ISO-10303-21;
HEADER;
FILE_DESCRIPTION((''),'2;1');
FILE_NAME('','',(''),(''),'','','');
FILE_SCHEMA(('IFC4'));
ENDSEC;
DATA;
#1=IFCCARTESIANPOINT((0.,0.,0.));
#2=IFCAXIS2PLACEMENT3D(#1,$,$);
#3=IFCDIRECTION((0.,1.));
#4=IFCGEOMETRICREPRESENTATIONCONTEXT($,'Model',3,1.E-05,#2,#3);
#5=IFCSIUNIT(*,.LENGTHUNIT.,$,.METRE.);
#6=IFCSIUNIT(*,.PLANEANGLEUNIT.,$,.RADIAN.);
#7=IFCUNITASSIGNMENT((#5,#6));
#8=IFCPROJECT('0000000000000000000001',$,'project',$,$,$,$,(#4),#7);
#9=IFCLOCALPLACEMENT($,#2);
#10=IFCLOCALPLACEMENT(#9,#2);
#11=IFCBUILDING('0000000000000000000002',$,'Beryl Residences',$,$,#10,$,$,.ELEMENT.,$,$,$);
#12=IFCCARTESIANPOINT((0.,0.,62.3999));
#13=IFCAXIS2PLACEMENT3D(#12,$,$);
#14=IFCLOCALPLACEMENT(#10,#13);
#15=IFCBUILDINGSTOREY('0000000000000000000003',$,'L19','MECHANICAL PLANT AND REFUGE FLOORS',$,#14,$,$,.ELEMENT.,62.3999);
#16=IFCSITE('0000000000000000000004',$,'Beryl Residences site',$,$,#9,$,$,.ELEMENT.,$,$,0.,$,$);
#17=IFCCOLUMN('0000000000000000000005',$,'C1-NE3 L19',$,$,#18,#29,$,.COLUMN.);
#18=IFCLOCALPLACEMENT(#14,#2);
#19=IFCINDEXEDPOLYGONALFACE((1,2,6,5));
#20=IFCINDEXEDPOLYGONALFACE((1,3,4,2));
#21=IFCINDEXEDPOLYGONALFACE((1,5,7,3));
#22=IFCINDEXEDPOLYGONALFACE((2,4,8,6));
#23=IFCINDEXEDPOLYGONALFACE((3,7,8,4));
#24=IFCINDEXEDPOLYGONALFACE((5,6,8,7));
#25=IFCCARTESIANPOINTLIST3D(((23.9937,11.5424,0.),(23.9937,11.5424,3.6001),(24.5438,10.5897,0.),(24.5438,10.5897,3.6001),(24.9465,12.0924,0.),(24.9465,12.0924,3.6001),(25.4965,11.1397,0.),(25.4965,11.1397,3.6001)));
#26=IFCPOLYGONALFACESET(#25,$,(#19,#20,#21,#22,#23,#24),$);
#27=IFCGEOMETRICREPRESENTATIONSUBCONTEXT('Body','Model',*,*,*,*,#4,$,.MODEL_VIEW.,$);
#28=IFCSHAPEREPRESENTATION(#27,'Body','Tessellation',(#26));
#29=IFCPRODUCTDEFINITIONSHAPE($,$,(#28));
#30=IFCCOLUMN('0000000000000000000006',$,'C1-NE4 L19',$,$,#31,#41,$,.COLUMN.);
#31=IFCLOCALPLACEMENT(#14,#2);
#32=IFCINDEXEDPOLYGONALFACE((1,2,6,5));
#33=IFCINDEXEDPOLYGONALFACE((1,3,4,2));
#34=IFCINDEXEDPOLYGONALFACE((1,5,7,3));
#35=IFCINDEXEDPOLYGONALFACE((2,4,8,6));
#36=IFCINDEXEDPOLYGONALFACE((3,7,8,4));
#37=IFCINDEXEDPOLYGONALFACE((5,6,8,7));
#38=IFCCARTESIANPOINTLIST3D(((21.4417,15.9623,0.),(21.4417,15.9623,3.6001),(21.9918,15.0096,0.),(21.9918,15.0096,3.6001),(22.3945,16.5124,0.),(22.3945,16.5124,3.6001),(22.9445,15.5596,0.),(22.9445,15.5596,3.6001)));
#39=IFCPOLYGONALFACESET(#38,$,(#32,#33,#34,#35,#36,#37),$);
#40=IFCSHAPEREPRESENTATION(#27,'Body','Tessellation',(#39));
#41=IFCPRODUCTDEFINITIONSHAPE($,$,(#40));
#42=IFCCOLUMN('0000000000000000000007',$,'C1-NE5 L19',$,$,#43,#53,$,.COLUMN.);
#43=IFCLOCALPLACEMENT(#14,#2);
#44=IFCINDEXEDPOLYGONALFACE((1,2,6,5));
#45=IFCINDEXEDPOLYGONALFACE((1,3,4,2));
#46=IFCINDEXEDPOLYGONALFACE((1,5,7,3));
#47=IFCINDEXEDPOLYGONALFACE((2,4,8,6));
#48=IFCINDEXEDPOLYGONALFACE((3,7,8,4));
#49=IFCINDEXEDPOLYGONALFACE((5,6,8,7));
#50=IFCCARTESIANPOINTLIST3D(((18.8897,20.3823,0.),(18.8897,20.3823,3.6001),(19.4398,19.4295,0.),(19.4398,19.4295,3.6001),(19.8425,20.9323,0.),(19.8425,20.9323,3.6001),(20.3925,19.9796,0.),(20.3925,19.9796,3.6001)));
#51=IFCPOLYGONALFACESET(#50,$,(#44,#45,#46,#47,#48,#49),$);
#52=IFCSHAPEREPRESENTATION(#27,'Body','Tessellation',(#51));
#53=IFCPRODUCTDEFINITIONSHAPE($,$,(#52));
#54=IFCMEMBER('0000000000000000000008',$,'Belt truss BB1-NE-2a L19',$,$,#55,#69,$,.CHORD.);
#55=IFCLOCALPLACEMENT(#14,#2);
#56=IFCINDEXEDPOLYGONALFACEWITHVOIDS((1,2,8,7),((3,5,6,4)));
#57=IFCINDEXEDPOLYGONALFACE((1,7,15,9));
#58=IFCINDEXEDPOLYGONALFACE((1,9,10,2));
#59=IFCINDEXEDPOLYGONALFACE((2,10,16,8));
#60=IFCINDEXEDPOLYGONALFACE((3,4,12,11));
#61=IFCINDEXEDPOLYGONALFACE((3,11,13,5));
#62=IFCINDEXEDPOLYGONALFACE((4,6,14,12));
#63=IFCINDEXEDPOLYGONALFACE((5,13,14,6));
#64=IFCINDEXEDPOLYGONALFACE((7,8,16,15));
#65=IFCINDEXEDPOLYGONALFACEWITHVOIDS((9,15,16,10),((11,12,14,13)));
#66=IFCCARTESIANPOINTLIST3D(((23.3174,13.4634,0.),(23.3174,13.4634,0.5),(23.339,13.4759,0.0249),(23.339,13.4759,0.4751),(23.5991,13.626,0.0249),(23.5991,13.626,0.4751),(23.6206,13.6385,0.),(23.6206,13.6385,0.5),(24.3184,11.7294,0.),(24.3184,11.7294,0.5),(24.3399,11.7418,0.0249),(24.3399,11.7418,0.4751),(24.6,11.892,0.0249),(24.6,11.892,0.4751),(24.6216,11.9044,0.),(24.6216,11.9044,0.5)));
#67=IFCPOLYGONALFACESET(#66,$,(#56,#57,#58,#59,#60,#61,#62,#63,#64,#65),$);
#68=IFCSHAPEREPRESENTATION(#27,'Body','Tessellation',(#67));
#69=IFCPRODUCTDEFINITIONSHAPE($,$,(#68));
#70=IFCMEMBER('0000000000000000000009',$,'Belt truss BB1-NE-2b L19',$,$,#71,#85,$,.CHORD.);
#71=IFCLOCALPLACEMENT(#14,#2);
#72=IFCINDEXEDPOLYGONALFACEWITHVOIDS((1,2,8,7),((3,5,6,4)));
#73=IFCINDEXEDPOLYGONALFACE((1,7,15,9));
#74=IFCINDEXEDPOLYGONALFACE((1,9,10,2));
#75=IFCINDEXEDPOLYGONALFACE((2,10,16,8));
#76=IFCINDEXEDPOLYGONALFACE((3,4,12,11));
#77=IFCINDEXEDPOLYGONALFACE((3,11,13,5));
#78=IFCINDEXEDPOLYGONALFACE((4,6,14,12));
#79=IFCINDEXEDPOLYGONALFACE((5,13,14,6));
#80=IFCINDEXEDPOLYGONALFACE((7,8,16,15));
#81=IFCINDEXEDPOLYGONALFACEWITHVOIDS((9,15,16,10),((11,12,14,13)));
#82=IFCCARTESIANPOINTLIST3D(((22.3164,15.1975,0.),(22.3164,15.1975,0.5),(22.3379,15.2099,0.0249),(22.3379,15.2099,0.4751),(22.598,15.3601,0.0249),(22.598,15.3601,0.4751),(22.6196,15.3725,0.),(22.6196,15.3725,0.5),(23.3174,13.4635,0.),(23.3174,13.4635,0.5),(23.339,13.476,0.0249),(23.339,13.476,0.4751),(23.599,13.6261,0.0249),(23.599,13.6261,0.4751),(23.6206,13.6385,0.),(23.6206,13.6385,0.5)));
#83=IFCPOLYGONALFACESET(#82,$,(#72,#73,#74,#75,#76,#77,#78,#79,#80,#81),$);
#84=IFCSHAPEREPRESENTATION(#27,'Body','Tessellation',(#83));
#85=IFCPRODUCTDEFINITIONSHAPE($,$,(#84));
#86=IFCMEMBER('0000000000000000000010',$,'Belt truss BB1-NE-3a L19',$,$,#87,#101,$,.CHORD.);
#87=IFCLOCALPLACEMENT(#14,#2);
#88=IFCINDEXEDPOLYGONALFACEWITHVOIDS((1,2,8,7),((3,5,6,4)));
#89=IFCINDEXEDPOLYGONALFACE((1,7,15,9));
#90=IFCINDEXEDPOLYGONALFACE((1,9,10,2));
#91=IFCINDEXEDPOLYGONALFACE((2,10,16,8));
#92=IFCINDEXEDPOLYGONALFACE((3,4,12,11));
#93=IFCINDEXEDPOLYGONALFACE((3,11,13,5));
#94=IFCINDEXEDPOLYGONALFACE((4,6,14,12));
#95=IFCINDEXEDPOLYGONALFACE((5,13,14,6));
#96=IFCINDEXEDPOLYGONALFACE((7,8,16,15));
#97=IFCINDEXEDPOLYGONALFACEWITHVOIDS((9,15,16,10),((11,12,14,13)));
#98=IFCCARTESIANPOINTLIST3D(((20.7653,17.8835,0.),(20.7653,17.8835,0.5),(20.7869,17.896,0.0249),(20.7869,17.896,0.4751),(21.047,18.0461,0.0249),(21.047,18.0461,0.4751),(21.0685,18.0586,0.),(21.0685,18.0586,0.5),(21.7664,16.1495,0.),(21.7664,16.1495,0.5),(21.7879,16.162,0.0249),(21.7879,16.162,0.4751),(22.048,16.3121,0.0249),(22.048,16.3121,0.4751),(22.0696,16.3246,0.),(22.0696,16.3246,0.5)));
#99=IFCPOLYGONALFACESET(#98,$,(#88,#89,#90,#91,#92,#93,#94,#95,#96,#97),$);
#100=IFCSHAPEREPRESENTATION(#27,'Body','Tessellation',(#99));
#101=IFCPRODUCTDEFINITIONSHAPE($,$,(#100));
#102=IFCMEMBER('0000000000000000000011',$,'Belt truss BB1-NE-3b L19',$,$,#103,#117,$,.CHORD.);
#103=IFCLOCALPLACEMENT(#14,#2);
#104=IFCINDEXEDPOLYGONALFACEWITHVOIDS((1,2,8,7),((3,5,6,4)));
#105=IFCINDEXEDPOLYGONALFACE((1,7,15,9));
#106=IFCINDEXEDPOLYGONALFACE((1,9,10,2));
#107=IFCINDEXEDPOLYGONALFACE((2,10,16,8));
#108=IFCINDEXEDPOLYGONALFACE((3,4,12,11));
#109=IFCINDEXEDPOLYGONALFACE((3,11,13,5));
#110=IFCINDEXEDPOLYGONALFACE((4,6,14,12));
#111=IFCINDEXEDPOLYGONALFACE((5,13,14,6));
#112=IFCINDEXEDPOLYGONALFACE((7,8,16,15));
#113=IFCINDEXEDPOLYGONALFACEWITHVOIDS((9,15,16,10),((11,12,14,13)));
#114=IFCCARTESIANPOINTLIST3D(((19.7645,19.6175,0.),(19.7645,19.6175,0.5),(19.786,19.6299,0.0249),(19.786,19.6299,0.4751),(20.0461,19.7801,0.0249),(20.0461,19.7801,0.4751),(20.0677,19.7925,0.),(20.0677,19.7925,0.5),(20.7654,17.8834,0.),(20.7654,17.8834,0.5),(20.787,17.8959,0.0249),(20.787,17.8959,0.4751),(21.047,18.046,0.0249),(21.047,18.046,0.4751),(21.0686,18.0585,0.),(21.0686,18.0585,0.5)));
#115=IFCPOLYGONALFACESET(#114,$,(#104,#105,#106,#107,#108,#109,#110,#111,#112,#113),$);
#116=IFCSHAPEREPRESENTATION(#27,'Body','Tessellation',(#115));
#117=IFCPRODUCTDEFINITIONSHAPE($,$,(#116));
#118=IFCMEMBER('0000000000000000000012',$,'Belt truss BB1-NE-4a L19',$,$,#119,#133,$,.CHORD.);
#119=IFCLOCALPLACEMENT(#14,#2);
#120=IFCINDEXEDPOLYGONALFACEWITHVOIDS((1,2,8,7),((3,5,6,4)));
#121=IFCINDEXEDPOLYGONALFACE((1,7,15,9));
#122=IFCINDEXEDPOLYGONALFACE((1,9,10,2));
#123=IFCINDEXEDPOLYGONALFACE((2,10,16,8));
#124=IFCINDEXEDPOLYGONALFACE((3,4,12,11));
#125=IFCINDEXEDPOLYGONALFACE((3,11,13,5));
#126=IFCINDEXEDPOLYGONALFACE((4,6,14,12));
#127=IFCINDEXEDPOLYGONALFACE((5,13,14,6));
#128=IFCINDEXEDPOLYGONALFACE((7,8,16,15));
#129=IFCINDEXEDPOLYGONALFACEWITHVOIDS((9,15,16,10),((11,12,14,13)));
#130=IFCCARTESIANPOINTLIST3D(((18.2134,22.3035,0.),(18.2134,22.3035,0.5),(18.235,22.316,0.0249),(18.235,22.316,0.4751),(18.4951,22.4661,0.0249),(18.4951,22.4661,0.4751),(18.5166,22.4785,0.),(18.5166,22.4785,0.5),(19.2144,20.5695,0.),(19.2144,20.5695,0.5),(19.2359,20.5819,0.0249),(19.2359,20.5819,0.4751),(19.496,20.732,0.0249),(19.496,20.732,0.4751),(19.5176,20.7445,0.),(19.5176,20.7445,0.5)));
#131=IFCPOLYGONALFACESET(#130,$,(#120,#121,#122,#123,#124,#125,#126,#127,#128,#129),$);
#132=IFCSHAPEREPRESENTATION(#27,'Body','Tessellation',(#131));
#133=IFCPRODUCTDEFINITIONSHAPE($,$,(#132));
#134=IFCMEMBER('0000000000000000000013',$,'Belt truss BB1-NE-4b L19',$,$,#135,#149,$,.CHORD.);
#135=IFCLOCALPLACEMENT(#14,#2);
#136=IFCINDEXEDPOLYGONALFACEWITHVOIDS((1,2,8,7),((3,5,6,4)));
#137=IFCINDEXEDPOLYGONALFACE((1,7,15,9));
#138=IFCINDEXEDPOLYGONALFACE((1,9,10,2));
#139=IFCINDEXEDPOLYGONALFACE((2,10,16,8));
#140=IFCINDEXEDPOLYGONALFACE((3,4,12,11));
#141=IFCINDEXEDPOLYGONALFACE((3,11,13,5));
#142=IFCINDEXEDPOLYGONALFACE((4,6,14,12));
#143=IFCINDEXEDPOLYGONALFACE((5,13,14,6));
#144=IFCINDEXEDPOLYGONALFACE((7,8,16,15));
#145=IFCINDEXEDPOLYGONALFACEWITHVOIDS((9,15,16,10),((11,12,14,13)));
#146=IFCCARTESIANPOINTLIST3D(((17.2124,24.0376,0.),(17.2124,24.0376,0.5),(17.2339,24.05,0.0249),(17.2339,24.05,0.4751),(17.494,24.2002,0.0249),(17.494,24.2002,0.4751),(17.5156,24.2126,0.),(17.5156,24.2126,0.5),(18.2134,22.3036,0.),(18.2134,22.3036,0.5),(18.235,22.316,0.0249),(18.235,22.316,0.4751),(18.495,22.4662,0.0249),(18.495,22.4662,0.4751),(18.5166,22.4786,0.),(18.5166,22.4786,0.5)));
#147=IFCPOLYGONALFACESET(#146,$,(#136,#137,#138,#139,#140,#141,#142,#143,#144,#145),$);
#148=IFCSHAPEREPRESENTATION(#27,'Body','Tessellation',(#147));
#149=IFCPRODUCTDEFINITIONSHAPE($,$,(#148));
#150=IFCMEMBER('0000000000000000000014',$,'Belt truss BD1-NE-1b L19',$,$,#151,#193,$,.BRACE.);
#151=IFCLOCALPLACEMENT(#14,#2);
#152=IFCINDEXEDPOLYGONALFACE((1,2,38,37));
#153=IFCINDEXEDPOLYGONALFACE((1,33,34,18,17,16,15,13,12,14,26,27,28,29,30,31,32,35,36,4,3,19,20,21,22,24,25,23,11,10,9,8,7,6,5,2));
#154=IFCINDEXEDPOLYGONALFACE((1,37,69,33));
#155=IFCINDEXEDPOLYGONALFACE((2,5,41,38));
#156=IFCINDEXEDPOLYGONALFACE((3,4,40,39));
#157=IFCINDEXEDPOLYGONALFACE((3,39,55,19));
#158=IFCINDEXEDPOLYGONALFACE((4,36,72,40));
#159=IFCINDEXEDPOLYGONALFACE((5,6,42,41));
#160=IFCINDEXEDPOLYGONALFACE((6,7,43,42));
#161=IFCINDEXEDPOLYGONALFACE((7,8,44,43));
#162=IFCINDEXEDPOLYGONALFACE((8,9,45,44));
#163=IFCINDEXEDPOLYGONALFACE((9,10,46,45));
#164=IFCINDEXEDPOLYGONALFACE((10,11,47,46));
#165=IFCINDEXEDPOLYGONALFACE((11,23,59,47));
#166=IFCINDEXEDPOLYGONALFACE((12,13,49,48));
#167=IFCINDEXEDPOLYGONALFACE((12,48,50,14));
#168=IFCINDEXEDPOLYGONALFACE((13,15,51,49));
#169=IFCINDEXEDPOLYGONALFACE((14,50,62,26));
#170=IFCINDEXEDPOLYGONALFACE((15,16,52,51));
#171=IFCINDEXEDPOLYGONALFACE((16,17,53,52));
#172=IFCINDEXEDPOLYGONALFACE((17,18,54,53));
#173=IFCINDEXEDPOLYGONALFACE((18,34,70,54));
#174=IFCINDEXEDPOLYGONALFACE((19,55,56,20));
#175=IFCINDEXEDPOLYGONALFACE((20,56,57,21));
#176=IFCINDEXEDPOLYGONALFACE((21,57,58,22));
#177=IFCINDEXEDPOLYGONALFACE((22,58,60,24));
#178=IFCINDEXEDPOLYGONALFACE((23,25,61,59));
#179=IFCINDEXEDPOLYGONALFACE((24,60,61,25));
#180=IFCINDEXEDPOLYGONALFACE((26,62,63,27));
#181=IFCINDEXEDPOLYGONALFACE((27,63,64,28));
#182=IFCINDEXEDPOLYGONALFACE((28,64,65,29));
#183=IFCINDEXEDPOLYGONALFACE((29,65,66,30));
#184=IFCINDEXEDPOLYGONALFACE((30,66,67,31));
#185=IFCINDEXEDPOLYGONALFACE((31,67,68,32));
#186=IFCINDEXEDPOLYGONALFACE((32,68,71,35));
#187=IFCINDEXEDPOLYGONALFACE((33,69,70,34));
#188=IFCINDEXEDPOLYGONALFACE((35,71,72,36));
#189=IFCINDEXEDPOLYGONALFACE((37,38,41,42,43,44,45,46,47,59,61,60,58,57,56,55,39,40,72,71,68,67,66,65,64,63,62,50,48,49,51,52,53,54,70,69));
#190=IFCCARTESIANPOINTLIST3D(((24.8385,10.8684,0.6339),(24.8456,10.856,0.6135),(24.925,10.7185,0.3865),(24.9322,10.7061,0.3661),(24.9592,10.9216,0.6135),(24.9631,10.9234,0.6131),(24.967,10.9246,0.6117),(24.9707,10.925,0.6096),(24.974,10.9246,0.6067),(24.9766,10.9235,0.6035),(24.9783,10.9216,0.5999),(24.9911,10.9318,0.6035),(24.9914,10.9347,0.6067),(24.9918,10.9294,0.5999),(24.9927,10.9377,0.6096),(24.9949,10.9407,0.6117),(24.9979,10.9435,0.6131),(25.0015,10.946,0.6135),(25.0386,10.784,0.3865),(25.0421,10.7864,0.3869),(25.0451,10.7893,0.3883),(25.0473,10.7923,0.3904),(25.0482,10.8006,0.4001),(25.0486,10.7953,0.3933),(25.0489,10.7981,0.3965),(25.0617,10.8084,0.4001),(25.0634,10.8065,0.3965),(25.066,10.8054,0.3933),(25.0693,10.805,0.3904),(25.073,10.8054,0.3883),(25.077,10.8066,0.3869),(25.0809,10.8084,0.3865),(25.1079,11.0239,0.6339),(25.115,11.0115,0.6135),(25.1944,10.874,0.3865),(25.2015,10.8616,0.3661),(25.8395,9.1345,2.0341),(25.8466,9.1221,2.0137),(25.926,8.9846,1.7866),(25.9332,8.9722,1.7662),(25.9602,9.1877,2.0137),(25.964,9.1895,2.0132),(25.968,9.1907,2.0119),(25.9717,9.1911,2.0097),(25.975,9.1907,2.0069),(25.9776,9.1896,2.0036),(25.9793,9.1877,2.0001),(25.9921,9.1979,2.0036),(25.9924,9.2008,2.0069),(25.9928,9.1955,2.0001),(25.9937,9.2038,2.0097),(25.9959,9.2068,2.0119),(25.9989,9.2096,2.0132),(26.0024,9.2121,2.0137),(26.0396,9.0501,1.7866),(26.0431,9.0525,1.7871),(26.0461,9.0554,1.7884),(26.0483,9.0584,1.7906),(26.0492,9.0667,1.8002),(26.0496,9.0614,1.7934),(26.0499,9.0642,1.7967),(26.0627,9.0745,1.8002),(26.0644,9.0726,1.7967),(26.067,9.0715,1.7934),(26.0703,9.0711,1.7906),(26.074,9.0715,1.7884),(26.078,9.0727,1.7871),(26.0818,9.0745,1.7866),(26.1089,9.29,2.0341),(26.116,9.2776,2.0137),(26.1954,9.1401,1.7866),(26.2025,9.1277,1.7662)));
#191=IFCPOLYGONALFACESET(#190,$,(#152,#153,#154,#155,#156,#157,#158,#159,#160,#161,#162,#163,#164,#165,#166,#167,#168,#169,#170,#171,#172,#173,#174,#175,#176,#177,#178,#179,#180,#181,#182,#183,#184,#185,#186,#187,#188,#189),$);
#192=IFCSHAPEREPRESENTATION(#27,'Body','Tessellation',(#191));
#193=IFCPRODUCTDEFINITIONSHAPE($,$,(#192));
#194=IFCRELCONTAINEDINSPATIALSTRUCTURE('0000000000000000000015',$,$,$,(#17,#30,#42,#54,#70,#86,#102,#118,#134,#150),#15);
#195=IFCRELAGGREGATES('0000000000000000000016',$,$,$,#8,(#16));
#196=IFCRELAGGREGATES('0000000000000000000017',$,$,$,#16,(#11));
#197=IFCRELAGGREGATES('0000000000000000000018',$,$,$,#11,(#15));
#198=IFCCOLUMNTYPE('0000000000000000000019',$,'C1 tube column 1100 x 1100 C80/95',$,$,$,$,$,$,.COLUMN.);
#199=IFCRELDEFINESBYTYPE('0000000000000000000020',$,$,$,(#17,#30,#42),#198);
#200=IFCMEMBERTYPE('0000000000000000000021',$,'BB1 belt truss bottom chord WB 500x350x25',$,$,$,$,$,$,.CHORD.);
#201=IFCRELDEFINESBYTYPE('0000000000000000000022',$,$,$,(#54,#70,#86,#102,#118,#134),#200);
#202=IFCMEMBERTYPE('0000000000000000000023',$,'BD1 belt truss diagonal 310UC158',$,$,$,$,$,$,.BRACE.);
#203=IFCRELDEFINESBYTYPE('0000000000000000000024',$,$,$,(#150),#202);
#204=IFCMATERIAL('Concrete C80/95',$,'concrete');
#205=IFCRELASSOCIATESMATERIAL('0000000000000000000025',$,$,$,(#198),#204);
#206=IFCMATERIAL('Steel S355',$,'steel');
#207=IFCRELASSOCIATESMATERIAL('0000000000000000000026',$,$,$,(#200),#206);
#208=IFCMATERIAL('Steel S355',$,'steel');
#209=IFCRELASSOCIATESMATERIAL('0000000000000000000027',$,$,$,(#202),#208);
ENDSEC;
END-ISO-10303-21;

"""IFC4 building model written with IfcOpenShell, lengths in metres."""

from ifc_helpers import new_model, si_unit, direction, frame, origin, origin_2d, place, context, subcontext, project, spatial, rectangle, hollow_rectangle, i_section, extrude, material, material_profile, profile_set, type_object, element, save


model = new_model("IFC4")

# Units and contexts
model_context = context("Model", 3, precision=1e-05, world=origin(), true_north=direction((0.0, 1.0)))
body_context = subcontext(model_context, "Body", "Model", "MODEL_VIEW")
ifc_project = project(units=[si_unit("LENGTHUNIT", "METRE"), si_unit("PLANEANGLEUNIT", "RADIAN")], contexts=[model_context])

# Site, building, storey
site_placement = place(None, origin())
site = spatial("IfcSite", under=ifc_project, at=site_placement, Name="Beryl Residences site", CompositionType="ELEMENT", RefElevation=0.0)
building_placement = place(site_placement, origin())
building = spatial("IfcBuilding", under=site, at=building_placement, Name="Beryl Residences", CompositionType="ELEMENT")
storey_placement = place(building_placement, frame((0.0, 0.0, 62.3999)))
storey = spatial("IfcBuildingStorey", under=building, at=storey_placement, Name="L19", Description="MECHANICAL PLANT AND REFUGE FLOORS", CompositionType="ELEMENT", Elevation=62.3999)

# Columns
ifc_material_1 = material(Name="Concrete C80/95", Category="concrete")
ifc_material_profile_1 = material_profile(ifc_material_1, rectangle(XDim=1.1001, YDim=1.1001, at=origin_2d()))
ifc_profile_set_1 = profile_set([ifc_material_profile_1], Name="Concrete C80/95")
column_type = type_object("IfcColumnType", Name="C1 tube column 1100 x 1100 C80/95", PredefinedType="COLUMN", material=ifc_profile_set_1)
for number, where, z_axis, x_axis, name in (
    (1, (24.7451, 11.3411, 0.0), (0.0, 0.0, 1.0), (-0.499985, 0.866034, 0.0), "C1-NE3 L19"),
    (2, (22.1931, 15.761, 0.0), (0.0, 0.0, 1.0), (-0.499985, 0.866034, 0.0), "C1-NE4 L19"),
    (3, (19.6411, 20.1809, 0.0), (0.0, 0.0, 1.0), (-0.499985, 0.866034, 0.0), "C1-NE5 L19"),
):
    element("IfcColumn", number, at=place(storey_placement, frame(where, z_axis=z_axis, x_axis=x_axis)), inside=storey, type_object=column_type, Name=name, PredefinedType="COLUMN", context=body_context, shape_type="SweptSolid", body=[
        extrude(rectangle(XDim=1.1001, YDim=1.1001, at=origin_2d()), origin(), (0.0, 0.0, 1.0), 3.6001),
    ])

# Members
ifc_material_2 = material(Name="Steel S355", Category="steel")
ifc_material_profile_2 = material_profile(ifc_material_2, hollow_rectangle(XDim=0.3501, YDim=0.5, WallThickness=0.0249, at=origin_2d()))
ifc_profile_set_2 = profile_set([ifc_material_profile_2], Name="Steel S355")
member_type_1 = type_object("IfcMemberType", Name="BB1 belt truss bottom chord WB 500x350x25", PredefinedType="CHORD", material=ifc_profile_set_2)
for number, where, z_axis, x_axis, name in (
    (4, (24.47, 11.8169, 0.25), (-0.499916, 0.866074, 0.0), (-0.866074, -0.499916, 0.0), "Belt truss BB1-NE-2a L19"),
    (5, (23.469, 13.551, 0.25), (-0.499969, 0.866043, 0.0), (-0.866043, -0.499969, 0.0), "Belt truss BB1-NE-2b L19"),
    (6, (21.918, 16.2371, 0.25), (-0.499969, 0.866043, 0.0), (-0.866043, -0.499969, 0.0), "Belt truss BB1-NE-3a L19"),
    (7, (20.917, 17.9709, 0.25), (-0.499916, 0.866074, 0.0), (-0.866074, -0.499916, 0.0), "Belt truss BB1-NE-3b L19"),
    (8, (19.366, 20.657, 0.25), (-0.499916, 0.866074, 0.0), (-0.866074, -0.499916, 0.0), "Belt truss BB1-NE-4a L19"),
    (9, (18.365, 22.3911, 0.25), (-0.499969, 0.866043, 0.0), (-0.866043, -0.499969, 0.0), "Belt truss BB1-NE-4b L19"),
):
    element("IfcMember", number, at=place(storey_placement, frame(where, z_axis=z_axis, x_axis=x_axis)), inside=storey, type_object=member_type_1, Name=name, PredefinedType="CHORD", context=body_context, shape_type="SweptSolid", body=[
        extrude(hollow_rectangle(XDim=0.3501, YDim=0.5, WallThickness=0.0249, at=origin_2d()), origin(), (0.0, 0.0, 1.0), 2.0022),
    ])
ifc_material_3 = material(Name="Steel S355", Category="steel")
ifc_material_profile_3 = material_profile(ifc_material_3, i_section(OverallWidth=0.311, OverallDepth=0.3269, WebThickness=0.0156, FlangeThickness=0.0249, FilletRadius=0.0166, at=origin_2d()))
ifc_profile_set_3 = profile_set([ifc_material_profile_3], Name="Steel S355")
member_type_2 = type_object("IfcMemberType", Name="BD1 belt truss diagonal 310UC158", PredefinedType="BRACE", material=ifc_profile_set_3)
member_1_placement = place(storey_placement, frame((25.02, 10.865, 0.5), z_axis=(0.409716, -0.709708, 0.573103), x_axis=(0.866043, 0.499969, 0.0)))
element("IfcMember", 10, at=member_1_placement, inside=storey, type_object=member_type_2, Name="Belt truss BD1-NE-1b L19", PredefinedType="BRACE", context=body_context, shape_type="SweptSolid", body=[
    extrude(i_section(OverallWidth=0.311, OverallDepth=0.3269, WebThickness=0.0156, FlangeThickness=0.0249, FilletRadius=0.0166, at=origin_2d()), origin(), (0.0, 0.0, 1.0), 2.4431),
])

save(model, "model.ifc")
